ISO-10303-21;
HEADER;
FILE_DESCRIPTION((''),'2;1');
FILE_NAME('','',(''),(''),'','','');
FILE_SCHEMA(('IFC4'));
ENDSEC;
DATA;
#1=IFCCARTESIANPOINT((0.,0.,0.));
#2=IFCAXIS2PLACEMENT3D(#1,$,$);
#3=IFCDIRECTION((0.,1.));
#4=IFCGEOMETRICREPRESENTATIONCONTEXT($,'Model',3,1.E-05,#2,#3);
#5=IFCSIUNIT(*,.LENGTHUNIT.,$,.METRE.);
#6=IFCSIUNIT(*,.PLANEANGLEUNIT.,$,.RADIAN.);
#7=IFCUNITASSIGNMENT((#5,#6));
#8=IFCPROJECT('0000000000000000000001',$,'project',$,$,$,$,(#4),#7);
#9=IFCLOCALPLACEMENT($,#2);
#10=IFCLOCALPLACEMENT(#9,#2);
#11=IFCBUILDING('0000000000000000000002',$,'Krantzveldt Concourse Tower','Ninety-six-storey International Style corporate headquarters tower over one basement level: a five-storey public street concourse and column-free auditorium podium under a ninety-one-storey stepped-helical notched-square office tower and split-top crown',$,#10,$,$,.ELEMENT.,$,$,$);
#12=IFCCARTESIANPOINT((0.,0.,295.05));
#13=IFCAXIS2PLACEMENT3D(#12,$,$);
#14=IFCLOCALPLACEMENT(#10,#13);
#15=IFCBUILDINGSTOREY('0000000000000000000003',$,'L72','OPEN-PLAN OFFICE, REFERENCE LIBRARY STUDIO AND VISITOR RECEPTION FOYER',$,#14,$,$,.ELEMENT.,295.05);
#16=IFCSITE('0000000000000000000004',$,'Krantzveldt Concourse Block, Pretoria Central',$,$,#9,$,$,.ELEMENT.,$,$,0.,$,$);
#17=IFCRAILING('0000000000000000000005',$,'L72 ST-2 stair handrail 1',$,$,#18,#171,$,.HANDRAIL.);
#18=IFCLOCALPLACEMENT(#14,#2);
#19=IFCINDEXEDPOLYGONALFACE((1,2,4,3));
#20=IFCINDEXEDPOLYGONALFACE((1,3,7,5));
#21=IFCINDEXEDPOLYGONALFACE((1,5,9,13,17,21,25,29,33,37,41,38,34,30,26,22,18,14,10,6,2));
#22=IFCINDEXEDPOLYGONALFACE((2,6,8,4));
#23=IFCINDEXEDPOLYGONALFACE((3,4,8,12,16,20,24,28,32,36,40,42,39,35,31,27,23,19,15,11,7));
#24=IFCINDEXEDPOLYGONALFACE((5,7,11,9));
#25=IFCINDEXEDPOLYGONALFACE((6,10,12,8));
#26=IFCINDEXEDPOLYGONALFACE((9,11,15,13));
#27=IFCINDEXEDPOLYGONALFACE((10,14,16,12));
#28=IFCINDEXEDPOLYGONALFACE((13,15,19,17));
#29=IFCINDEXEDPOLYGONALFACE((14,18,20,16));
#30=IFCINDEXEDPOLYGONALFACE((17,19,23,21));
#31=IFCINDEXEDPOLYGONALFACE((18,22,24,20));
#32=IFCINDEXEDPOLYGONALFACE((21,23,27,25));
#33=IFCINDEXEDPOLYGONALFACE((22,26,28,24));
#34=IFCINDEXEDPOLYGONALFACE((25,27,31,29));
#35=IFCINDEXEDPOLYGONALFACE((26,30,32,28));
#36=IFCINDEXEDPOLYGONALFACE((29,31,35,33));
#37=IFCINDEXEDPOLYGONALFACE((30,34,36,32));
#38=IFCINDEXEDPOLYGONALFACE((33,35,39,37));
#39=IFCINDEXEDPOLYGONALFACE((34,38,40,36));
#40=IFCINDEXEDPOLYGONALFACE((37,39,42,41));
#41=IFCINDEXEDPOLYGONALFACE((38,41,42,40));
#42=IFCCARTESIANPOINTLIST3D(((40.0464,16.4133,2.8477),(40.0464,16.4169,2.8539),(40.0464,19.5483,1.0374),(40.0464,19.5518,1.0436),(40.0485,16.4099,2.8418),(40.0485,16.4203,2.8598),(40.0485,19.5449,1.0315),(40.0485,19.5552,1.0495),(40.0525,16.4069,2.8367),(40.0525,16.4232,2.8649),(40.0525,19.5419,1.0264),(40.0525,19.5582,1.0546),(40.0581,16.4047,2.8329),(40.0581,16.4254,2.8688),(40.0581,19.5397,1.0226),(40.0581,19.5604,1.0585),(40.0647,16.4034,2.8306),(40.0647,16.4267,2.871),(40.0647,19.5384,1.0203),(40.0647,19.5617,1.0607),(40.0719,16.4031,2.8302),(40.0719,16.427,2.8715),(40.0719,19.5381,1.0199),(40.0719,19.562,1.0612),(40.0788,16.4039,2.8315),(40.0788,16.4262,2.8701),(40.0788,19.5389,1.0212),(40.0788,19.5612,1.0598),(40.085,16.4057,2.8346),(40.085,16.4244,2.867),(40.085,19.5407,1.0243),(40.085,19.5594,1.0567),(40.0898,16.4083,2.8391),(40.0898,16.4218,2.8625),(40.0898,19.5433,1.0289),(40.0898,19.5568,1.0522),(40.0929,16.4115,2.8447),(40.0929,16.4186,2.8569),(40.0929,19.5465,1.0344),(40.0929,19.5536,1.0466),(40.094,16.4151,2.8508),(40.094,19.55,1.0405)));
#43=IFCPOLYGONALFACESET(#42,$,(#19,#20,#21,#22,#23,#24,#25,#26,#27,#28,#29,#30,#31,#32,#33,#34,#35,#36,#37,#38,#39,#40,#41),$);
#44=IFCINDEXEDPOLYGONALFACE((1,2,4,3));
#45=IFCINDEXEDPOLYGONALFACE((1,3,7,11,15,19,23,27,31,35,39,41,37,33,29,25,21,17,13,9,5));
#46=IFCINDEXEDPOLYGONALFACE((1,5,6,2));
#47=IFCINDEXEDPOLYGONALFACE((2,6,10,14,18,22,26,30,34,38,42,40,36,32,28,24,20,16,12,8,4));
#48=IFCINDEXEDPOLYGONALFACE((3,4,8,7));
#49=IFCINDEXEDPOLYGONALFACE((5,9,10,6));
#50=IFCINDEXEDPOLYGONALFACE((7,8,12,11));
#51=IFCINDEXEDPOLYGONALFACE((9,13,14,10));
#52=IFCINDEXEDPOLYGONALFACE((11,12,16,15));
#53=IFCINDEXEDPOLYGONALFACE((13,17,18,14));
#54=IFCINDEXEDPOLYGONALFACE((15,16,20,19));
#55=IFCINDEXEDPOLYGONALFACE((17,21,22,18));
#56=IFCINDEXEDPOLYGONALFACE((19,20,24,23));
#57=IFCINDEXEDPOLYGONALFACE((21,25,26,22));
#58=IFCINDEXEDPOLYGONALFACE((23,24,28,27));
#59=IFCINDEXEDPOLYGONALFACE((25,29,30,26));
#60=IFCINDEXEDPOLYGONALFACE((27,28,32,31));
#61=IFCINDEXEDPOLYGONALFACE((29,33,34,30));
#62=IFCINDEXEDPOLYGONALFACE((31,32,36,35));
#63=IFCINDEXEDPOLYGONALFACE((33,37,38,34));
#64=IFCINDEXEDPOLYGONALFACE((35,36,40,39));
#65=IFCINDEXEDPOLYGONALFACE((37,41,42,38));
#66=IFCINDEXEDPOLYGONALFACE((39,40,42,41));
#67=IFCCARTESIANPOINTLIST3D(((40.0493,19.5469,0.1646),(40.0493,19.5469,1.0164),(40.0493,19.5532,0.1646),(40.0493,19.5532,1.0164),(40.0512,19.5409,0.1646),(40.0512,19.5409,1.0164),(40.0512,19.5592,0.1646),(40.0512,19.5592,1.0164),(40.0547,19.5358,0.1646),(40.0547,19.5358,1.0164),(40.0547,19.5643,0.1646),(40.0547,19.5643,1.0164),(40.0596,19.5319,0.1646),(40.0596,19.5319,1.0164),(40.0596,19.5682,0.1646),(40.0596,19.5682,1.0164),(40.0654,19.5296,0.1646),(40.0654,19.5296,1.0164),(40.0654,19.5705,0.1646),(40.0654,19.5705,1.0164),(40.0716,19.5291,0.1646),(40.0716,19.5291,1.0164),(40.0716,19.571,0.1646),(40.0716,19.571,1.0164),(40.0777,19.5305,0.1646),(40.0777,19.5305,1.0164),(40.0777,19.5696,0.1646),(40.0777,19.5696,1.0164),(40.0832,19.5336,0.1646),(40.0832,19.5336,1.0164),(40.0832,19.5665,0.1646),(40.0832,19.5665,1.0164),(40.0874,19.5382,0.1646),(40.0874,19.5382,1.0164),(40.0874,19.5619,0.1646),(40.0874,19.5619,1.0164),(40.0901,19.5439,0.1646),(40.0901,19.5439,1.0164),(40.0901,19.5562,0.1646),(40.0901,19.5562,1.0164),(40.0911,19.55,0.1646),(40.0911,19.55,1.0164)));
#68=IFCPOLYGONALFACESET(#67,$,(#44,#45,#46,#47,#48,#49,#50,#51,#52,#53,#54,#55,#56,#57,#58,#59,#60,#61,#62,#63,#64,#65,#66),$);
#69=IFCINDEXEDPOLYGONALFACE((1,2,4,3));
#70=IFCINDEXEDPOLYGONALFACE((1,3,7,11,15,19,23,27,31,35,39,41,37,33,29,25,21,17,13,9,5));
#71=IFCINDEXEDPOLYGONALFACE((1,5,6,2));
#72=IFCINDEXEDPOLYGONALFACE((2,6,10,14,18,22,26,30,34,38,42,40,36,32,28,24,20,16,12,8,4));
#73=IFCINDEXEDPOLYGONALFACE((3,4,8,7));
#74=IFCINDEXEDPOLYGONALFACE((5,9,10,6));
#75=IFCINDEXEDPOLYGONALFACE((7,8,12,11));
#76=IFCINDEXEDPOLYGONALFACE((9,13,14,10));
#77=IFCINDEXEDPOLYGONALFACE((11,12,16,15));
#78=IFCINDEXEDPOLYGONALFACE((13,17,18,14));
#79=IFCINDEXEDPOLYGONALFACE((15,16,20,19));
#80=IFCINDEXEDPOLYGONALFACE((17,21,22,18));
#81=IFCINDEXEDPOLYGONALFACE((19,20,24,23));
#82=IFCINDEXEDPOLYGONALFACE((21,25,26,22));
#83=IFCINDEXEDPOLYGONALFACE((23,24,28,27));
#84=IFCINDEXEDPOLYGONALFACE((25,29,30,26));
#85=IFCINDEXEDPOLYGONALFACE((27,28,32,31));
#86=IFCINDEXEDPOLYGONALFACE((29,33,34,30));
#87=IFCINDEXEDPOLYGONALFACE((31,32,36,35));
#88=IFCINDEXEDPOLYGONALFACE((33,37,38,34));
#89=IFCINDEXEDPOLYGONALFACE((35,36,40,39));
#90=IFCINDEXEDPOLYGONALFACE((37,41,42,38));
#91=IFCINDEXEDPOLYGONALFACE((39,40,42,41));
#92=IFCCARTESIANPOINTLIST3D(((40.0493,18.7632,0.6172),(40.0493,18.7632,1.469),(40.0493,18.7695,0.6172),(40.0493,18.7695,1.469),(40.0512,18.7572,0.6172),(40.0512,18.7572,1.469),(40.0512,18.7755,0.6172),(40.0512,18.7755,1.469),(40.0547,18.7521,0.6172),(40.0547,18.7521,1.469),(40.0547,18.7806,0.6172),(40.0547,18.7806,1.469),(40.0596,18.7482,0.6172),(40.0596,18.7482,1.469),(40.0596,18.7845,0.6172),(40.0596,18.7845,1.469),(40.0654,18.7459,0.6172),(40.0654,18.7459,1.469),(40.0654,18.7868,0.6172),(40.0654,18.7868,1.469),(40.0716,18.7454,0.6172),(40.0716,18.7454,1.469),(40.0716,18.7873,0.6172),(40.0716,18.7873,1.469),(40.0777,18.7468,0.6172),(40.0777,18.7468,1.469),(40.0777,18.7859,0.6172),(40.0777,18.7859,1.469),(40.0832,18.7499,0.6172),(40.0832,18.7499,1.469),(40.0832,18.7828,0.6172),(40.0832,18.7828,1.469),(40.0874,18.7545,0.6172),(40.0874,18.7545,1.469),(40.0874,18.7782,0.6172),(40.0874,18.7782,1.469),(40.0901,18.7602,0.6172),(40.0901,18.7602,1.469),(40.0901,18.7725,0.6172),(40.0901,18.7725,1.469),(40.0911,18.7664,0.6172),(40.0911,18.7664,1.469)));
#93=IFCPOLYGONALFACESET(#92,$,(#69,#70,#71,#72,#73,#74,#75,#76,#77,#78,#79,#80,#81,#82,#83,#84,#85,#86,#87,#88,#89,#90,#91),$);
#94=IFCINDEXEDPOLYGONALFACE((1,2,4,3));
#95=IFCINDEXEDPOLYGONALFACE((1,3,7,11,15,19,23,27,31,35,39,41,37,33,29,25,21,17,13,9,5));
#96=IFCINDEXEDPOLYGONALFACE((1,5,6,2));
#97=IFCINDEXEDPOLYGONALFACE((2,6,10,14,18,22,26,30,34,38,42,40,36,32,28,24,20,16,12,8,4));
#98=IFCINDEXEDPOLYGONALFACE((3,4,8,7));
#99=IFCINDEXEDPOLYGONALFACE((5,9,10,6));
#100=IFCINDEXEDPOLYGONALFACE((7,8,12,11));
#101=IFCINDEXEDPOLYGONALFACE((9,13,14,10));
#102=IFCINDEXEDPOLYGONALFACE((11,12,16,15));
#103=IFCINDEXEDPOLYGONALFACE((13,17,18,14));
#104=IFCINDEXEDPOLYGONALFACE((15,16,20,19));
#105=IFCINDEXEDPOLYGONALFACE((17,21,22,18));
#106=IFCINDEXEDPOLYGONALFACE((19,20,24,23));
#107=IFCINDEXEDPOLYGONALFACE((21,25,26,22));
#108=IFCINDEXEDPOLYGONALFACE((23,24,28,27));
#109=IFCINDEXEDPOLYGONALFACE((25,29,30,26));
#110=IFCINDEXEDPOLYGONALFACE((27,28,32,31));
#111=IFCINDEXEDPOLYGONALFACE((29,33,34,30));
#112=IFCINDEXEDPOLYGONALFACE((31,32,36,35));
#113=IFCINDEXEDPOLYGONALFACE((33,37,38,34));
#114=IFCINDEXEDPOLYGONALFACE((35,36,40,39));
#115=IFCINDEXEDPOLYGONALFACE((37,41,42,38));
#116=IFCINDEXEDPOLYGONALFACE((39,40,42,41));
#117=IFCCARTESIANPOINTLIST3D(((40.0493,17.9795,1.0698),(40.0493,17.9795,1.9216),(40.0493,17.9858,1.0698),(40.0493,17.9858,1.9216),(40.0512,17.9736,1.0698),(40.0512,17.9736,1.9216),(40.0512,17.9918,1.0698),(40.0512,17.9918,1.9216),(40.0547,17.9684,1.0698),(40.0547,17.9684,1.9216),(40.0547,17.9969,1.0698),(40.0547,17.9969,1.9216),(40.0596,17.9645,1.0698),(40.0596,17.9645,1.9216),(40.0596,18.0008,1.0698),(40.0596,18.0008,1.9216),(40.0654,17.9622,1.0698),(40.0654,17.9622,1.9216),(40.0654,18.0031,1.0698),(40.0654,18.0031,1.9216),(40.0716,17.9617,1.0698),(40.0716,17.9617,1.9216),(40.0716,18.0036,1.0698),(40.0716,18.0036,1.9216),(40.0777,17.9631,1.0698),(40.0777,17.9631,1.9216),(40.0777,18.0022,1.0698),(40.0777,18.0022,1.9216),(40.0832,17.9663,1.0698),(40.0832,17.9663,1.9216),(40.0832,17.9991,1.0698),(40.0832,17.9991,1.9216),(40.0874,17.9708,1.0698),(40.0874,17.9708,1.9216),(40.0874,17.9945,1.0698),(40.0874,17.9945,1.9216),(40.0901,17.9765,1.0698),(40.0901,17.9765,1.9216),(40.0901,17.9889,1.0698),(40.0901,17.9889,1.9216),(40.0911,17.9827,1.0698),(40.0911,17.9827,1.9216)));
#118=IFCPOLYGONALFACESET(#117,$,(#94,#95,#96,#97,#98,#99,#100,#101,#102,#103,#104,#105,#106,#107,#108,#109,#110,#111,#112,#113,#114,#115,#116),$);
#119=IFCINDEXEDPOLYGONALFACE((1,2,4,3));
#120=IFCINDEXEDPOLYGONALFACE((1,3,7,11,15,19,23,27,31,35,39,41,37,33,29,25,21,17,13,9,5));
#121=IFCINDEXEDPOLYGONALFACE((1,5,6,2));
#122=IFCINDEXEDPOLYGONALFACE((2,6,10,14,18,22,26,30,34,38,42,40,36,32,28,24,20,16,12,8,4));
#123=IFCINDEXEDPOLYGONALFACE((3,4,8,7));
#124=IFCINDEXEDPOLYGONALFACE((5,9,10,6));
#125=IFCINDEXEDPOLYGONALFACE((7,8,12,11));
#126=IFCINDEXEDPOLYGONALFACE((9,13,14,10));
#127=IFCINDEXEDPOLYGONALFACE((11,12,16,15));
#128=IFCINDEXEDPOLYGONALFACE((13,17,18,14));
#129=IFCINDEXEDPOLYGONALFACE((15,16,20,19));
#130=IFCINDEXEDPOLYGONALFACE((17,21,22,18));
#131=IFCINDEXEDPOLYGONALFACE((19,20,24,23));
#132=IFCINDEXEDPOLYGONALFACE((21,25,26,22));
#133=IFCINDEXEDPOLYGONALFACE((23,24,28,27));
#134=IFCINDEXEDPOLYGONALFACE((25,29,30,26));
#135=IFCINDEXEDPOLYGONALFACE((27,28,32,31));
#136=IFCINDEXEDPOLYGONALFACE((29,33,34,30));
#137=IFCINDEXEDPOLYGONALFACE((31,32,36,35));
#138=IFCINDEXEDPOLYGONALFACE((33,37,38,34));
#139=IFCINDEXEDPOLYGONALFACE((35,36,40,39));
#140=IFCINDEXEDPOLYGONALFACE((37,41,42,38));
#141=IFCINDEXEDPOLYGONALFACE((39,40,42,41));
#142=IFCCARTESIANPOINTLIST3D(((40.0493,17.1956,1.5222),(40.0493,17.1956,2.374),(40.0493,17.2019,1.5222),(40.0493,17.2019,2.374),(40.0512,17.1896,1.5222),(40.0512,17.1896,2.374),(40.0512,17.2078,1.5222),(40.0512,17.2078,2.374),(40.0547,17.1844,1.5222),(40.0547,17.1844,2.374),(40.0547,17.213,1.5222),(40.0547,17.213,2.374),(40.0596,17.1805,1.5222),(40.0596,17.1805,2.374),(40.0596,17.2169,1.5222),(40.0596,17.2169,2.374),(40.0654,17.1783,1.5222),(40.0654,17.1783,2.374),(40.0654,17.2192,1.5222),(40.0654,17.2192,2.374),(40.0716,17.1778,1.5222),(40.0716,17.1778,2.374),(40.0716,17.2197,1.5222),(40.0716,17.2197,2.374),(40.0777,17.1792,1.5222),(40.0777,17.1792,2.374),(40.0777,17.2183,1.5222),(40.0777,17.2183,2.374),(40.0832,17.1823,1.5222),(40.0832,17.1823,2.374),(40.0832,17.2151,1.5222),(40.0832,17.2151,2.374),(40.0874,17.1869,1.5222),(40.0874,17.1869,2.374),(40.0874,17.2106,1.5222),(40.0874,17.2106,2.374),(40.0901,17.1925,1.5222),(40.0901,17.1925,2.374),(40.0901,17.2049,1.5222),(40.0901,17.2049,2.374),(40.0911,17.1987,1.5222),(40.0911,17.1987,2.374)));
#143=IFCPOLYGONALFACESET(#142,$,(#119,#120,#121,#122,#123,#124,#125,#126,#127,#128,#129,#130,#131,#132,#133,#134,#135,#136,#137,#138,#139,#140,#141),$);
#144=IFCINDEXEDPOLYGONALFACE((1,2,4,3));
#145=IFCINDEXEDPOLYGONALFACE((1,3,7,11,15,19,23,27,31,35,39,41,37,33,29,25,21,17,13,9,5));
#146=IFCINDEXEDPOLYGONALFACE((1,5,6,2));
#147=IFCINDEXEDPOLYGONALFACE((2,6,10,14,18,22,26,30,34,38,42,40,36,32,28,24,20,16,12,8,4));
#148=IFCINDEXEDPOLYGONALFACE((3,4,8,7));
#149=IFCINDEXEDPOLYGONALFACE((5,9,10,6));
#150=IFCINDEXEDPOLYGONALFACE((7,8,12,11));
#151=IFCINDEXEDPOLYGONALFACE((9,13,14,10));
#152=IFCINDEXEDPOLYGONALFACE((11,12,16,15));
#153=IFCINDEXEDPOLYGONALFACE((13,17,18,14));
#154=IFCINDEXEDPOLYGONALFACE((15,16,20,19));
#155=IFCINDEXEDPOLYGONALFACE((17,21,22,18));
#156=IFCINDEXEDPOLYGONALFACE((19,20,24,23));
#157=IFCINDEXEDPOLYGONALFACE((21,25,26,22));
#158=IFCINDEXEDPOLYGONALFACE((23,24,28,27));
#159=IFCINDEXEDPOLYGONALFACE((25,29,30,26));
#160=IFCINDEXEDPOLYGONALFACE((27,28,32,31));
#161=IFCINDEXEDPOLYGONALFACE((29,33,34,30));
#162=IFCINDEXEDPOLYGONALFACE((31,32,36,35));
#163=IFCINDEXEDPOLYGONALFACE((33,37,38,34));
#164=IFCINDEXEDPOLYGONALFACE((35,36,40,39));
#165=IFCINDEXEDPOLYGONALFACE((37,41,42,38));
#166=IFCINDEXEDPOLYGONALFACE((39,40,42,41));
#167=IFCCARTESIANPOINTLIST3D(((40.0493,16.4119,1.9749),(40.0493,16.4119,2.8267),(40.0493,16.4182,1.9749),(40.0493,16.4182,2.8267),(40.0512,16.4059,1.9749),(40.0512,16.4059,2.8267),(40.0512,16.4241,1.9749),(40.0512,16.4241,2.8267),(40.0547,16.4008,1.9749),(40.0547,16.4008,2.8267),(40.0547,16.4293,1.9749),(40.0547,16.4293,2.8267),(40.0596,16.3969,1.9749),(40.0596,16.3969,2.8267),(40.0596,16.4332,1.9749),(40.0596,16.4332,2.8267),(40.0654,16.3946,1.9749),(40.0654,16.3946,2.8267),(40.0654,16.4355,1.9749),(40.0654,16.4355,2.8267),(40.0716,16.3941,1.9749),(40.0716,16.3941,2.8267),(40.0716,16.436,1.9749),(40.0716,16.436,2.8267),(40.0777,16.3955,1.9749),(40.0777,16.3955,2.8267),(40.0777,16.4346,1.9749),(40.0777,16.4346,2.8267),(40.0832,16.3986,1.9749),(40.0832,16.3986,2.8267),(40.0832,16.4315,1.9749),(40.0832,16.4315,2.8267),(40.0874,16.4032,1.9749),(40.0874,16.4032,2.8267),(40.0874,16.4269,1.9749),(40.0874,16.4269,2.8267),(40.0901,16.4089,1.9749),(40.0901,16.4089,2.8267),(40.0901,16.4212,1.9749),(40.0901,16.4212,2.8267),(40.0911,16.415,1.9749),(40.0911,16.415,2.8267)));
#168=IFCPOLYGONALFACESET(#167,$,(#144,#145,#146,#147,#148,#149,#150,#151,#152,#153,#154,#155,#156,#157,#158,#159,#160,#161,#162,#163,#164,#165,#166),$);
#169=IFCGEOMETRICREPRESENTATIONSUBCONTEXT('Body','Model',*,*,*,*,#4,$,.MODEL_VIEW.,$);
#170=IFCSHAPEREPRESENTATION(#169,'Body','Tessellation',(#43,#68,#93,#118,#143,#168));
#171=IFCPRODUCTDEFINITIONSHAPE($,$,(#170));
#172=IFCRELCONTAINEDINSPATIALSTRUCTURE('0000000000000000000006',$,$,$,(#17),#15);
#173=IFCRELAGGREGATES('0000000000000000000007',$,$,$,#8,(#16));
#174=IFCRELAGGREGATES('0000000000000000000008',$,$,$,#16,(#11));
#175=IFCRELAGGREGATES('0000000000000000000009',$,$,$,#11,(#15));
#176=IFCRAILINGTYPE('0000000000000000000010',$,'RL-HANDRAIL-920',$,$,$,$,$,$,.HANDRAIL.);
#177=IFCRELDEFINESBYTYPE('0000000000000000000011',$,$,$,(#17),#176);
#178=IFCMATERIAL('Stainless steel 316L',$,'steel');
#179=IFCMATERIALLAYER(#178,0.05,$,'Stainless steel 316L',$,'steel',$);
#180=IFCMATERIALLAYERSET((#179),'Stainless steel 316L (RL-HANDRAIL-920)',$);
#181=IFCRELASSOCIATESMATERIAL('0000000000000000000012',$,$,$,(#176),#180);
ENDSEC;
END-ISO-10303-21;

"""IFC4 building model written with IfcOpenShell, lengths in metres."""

from ifc_helpers import new_model, si_unit, direction, frame, origin, origin_2d, place, context, subcontext, project, spatial, circle, extrude, material, layer, layer_set, type_object, element, save


model = new_model("IFC4")

# Units and contexts
model_context = context("Model", 3, precision=1e-05, world=origin(), true_north=direction((0.0, 1.0)))
body_context = subcontext(model_context, "Body", "Model", "MODEL_VIEW")
ifc_project = project(units=[si_unit("LENGTHUNIT", "METRE"), si_unit("PLANEANGLEUNIT", "RADIAN")], contexts=[model_context])

# Site, building, storey
site_placement = place(None, origin())
site = spatial("IfcSite", under=ifc_project, at=site_placement, Name="Krantzveldt Concourse Block, Pretoria Central", CompositionType="ELEMENT", RefElevation=0.0)
building_placement = place(site_placement, origin())
building = spatial("IfcBuilding", under=site, at=building_placement, Name="Krantzveldt Concourse Tower", Description="Ninety-six-storey International Style corporate headquarters tower over one basement level: a five-storey public street concourse and column-free auditorium podium under a ninety-one-storey stepped-helical notched-square office tower and split-top crown", CompositionType="ELEMENT")
storey_placement = place(building_placement, frame((0.0, 0.0, 295.05)))
storey = spatial("IfcBuildingStorey", under=building, at=storey_placement, Name="L72", Description="OPEN-PLAN OFFICE, REFERENCE LIBRARY STUDIO AND VISITOR RECEPTION FOYER", CompositionType="ELEMENT", Elevation=295.05)

# Shared definitions
ifc_material_1 = material(Name="Stainless steel 316L", Category="steel")

# Railing
ifc_layer_1 = layer(ifc_material_1, 0.05, Name="Stainless steel 316L", Category="steel")
ifc_layer_set_1 = layer_set([ifc_layer_1], Name="Stainless steel 316L (RL-HANDRAIL-920)")
railing_type_1 = type_object("IfcRailingType", Name="RL-HANDRAIL-920", PredefinedType="HANDRAIL", material=ifc_layer_set_1)
railing_1_placement = place(storey_placement, frame((40.0701, 19.55, 0.1646)))
element("IfcRailing", 1, at=railing_1_placement, inside=storey, type_object=railing_type_1, Name="L72 ST-2 stair handrail 1", PredefinedType="HANDRAIL", context=body_context, shape_type="SweptSolid", body=[
    extrude(circle(Radius=0.0239, at=origin_2d()), frame((0.0, 0.0, 0.876), z_axis=(0.0, -0.865989, 0.500063), x_axis=(1.0, 0.0, 0.0)), (0.0, 0.0, 1.0), 3.6201),
    extrude(circle(Radius=0.021, at=origin_2d()), origin(), (0.0, 0.0, 1.0), 0.8518),
    extrude(circle(Radius=0.021, at=origin_2d()), frame((0.0, -0.7837, 0.4526)), (0.0, 0.0, 1.0), 0.8518),
    extrude(circle(Radius=0.021, at=origin_2d()), frame((0.0, -1.5674, 0.9053)), (0.0, 0.0, 1.0), 0.8518),
    extrude(circle(Radius=0.021, at=origin_2d()), frame((0.0, -2.3513, 1.3577)), (0.0, 0.0, 1.0), 0.8518),
    extrude(circle(Radius=0.021, at=origin_2d()), frame((0.0, -3.135, 1.8103)), (0.0, 0.0, 1.0), 0.8518),
])

save(model, "model.ifc")
